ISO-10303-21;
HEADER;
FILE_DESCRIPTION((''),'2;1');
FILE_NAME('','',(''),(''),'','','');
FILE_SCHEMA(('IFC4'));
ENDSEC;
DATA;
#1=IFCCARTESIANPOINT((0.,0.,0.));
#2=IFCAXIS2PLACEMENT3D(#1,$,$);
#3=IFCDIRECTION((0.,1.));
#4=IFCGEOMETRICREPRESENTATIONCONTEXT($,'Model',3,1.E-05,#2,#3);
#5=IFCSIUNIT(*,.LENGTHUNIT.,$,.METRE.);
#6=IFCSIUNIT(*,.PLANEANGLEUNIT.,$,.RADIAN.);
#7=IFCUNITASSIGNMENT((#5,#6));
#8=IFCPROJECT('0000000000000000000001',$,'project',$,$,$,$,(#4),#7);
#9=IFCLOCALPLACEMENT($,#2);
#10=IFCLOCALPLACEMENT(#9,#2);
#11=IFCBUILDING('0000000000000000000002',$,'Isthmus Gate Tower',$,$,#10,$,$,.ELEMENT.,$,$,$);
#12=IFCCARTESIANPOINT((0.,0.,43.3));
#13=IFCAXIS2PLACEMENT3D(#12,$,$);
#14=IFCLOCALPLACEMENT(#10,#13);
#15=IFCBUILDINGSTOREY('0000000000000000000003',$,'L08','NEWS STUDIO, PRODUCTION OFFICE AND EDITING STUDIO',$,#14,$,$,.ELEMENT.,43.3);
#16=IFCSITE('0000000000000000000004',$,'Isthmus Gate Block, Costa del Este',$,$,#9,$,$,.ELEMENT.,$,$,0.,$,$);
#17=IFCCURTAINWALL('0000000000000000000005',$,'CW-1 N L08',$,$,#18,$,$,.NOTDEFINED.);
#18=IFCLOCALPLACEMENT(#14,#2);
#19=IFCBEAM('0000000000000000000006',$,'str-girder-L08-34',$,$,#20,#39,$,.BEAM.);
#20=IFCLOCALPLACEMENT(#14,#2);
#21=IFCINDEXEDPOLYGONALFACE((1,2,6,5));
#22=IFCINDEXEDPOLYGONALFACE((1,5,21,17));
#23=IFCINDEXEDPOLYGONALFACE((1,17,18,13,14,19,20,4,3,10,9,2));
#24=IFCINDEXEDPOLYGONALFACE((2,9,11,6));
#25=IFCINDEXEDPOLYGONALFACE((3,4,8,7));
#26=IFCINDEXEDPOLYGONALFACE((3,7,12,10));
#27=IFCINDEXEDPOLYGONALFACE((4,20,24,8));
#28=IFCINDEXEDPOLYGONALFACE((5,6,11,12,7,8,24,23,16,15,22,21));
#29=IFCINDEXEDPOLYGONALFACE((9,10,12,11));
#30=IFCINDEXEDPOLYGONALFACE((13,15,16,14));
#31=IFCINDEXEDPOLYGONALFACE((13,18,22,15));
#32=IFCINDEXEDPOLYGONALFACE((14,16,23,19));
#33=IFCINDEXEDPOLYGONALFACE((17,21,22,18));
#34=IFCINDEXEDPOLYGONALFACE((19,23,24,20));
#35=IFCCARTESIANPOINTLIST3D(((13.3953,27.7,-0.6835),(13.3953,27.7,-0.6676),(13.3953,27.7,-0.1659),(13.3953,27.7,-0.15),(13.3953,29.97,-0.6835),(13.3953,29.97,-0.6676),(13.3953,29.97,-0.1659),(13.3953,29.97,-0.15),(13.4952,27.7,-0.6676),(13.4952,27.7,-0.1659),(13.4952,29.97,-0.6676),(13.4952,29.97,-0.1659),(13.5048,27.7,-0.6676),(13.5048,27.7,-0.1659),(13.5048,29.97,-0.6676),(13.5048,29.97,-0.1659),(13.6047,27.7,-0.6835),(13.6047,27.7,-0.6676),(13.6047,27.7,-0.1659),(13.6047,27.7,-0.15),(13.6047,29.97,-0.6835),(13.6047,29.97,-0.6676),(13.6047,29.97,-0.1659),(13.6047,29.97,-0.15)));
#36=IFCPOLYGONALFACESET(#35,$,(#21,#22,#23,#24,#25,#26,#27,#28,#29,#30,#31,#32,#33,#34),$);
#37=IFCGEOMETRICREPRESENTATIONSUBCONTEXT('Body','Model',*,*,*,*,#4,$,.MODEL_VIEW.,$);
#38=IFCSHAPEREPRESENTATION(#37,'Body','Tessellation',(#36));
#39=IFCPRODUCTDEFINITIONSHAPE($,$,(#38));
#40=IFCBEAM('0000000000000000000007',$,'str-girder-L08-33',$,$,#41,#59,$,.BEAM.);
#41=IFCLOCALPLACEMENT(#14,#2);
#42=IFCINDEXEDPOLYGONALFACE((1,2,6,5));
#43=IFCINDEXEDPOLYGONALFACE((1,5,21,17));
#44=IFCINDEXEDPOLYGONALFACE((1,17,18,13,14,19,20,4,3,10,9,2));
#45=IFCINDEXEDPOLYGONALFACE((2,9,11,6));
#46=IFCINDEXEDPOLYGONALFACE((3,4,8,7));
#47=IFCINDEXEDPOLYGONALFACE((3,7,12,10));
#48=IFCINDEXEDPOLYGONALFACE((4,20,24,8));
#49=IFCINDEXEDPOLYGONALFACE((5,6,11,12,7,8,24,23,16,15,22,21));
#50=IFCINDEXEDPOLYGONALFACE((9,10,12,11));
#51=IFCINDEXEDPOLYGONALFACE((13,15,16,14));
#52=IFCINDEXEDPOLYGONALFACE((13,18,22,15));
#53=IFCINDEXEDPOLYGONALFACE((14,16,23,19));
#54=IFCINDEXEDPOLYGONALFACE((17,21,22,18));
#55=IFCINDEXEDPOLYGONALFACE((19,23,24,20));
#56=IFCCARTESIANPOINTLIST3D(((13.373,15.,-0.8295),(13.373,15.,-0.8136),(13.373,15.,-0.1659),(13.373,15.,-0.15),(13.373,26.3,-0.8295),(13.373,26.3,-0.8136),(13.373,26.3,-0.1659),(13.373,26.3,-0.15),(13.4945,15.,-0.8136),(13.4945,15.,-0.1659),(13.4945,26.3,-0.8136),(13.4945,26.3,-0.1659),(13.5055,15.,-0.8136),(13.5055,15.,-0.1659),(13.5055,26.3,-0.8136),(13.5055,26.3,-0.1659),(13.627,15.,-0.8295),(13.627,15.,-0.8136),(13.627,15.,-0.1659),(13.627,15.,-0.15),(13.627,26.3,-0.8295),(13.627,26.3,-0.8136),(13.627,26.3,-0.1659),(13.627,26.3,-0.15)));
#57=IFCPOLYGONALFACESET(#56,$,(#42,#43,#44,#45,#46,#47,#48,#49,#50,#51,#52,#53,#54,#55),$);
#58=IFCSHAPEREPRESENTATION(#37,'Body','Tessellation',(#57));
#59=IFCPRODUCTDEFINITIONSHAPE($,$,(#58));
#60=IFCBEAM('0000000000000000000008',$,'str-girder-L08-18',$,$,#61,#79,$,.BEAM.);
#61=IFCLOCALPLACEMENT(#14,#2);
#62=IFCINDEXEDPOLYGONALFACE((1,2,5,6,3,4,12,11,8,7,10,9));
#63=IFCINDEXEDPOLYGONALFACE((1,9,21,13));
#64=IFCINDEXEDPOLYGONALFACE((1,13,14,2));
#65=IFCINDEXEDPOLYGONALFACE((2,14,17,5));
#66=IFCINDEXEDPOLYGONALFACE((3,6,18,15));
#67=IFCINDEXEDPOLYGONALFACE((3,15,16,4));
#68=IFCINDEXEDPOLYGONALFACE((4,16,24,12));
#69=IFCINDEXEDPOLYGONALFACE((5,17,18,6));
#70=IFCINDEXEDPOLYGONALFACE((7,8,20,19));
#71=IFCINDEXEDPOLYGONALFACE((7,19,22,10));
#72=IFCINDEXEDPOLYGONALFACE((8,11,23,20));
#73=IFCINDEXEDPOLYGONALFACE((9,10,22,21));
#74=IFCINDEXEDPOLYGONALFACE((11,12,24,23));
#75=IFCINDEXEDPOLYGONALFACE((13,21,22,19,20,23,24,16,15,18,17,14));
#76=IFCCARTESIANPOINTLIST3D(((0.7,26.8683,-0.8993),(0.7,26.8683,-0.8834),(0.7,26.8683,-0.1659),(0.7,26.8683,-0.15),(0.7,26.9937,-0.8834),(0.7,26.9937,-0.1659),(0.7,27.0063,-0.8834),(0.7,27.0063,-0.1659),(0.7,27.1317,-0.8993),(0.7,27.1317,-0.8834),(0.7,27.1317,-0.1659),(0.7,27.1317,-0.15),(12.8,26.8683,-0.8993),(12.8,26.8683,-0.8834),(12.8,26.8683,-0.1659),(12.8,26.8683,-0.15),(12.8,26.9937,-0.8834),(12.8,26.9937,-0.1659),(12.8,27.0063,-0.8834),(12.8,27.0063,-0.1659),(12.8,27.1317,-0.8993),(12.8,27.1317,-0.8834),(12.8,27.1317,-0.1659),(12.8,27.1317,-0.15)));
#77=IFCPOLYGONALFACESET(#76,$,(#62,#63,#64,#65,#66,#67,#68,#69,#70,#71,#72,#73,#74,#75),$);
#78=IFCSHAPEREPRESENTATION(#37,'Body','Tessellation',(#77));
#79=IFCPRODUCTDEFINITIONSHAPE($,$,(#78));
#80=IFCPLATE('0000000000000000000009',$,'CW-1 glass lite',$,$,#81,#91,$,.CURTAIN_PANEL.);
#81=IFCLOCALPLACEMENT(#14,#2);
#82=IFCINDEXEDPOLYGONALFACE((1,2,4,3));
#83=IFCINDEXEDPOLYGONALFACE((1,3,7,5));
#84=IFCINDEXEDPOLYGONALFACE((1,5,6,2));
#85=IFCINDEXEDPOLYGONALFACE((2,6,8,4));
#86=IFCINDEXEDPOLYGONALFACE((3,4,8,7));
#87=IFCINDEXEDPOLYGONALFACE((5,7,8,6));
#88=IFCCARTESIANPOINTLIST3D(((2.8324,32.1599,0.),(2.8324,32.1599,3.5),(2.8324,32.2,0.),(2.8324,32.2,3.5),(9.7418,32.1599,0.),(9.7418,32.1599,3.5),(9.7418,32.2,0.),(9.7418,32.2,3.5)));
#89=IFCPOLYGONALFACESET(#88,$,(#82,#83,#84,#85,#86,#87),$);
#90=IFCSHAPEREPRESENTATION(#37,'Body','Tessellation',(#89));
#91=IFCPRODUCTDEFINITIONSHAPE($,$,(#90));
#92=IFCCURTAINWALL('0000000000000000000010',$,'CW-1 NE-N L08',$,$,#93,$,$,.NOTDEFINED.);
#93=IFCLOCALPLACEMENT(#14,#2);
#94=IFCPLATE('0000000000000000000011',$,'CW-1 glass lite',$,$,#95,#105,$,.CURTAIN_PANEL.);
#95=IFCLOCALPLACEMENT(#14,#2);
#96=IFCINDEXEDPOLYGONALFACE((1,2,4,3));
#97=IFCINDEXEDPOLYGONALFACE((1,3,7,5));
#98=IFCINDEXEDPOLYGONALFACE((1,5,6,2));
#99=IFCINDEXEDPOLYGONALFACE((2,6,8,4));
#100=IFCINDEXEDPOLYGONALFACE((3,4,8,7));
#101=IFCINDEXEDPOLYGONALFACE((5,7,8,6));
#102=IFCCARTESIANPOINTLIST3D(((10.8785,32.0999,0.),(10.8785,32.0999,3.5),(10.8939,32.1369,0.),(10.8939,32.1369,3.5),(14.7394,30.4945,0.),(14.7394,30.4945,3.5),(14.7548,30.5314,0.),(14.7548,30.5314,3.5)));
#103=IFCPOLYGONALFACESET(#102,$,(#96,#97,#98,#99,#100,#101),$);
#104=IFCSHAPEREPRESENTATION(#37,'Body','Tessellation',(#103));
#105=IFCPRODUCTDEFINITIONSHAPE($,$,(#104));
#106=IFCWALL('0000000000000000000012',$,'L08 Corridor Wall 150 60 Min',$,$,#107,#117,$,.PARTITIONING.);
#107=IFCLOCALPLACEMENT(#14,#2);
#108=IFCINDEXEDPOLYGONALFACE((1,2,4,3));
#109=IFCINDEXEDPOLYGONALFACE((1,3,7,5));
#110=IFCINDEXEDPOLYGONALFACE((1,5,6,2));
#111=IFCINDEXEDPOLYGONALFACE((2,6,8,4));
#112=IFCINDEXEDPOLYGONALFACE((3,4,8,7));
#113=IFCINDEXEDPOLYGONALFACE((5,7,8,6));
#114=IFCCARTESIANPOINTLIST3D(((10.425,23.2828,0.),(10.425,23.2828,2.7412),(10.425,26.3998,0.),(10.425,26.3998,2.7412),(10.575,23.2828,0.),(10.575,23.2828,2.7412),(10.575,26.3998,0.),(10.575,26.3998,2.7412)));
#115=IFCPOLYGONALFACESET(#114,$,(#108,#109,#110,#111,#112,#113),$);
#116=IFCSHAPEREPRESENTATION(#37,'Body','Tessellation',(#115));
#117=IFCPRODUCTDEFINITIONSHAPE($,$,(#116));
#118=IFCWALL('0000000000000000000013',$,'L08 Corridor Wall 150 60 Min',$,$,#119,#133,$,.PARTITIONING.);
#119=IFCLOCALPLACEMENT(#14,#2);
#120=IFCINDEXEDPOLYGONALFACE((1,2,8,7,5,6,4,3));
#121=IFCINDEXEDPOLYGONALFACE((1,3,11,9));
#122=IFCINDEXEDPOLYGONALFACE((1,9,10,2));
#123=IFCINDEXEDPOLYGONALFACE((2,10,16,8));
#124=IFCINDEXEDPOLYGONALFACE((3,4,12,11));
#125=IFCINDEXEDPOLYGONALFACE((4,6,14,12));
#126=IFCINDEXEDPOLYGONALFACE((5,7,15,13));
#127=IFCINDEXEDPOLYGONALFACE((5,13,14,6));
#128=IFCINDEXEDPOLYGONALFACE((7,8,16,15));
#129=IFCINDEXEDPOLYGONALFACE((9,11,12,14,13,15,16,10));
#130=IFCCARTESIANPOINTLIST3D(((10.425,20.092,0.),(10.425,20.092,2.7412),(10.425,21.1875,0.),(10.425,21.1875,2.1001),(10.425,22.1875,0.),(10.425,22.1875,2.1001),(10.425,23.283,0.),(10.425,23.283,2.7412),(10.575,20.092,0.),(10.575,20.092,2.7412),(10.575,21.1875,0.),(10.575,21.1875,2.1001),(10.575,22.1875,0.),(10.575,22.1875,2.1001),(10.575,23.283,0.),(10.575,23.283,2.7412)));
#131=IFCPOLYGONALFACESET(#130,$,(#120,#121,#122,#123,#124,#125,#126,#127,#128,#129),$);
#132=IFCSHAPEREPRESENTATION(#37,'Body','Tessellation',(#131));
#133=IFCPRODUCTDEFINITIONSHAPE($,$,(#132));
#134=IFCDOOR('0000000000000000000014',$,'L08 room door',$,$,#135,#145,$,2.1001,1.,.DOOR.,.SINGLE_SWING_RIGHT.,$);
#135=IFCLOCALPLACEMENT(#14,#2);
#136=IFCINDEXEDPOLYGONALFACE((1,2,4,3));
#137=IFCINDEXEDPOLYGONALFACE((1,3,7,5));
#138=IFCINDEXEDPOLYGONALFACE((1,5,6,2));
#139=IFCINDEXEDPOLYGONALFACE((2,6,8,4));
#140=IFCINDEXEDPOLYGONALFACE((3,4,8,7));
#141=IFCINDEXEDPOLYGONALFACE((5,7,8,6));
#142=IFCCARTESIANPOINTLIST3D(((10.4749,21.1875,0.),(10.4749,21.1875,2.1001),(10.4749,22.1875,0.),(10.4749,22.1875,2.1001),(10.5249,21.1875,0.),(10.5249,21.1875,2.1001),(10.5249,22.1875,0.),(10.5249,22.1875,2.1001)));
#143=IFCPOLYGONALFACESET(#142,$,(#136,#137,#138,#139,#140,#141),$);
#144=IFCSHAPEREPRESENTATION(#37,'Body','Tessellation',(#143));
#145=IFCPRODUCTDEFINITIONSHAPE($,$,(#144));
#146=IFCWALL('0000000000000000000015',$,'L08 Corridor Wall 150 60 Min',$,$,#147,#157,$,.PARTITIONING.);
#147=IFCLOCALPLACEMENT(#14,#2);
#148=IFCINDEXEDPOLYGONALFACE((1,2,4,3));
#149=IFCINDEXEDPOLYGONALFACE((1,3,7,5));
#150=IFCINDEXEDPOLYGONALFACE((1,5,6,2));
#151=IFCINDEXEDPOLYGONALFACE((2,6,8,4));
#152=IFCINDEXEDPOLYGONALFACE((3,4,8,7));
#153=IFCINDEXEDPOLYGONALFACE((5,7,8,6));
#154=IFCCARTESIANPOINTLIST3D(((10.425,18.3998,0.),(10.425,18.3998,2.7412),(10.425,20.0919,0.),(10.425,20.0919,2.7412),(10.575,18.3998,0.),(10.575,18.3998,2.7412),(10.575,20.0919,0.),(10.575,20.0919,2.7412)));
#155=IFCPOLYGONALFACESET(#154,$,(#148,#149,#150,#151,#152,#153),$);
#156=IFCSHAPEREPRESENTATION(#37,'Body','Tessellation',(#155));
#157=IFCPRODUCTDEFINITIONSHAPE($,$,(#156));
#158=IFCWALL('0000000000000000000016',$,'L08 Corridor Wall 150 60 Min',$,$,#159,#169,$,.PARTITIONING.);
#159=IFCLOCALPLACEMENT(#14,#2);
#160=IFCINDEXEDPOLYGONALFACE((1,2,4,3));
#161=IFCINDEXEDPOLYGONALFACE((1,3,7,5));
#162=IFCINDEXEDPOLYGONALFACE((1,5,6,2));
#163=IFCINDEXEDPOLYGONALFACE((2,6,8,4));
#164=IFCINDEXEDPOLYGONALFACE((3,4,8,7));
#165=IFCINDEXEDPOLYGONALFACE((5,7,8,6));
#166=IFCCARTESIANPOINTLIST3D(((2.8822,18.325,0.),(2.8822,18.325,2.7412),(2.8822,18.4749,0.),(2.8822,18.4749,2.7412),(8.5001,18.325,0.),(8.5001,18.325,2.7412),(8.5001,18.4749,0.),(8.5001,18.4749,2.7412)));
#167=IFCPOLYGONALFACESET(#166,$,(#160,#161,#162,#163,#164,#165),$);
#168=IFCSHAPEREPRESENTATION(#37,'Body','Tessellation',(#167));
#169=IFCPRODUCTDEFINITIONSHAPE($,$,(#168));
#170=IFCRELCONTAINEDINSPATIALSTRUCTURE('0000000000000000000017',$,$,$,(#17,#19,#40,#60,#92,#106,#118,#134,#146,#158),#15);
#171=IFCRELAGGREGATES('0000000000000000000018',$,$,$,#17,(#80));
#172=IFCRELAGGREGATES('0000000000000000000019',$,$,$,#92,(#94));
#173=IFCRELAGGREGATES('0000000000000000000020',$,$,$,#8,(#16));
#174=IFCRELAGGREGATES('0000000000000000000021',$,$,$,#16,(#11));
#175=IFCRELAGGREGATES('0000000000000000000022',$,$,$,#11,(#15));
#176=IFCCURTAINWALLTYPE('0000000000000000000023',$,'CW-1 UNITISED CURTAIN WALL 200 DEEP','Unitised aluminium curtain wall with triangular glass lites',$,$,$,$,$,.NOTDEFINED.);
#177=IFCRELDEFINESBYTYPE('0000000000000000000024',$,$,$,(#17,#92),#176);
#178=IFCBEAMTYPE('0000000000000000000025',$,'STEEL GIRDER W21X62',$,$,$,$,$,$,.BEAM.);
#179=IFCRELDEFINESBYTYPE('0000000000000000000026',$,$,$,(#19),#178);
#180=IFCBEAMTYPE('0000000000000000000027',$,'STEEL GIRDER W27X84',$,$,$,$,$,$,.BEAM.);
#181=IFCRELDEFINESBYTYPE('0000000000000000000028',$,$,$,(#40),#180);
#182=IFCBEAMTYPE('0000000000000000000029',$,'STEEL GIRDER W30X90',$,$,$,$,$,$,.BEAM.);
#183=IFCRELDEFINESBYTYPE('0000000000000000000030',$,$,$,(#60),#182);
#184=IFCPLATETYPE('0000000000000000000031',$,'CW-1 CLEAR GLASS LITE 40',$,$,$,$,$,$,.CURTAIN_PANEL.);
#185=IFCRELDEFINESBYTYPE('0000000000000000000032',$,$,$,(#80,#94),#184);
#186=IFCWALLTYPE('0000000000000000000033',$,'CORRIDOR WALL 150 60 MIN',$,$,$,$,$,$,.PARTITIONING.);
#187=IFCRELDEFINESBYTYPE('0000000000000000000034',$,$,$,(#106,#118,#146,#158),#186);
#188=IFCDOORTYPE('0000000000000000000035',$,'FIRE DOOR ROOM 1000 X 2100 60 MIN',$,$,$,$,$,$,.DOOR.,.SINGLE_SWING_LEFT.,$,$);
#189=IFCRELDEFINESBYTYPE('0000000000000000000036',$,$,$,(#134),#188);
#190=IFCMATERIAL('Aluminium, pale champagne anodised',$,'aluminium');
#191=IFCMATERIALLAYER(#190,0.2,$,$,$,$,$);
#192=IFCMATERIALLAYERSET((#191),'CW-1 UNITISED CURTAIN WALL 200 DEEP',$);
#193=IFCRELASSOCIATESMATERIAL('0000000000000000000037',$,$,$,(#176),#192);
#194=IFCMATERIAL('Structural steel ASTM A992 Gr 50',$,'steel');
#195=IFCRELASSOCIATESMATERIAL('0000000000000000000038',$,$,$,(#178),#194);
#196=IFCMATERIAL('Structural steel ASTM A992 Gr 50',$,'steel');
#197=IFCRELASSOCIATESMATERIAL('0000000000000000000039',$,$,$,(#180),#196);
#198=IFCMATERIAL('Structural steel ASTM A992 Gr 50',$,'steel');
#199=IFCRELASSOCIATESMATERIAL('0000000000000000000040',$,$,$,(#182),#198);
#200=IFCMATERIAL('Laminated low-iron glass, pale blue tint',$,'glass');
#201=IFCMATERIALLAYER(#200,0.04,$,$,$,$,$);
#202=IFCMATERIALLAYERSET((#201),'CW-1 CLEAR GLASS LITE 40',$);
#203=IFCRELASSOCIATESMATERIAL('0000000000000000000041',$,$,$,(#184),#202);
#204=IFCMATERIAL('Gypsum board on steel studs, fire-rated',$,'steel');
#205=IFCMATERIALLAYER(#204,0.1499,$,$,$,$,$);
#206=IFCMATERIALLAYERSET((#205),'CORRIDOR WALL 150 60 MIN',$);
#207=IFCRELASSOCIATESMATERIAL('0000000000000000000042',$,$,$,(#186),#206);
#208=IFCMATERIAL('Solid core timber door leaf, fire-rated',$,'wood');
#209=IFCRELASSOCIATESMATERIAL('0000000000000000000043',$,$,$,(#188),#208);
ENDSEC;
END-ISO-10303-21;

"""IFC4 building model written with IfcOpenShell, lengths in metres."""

from ifc_helpers import new_model, si_unit, direction, frame, frame_2d, origin, origin_2d, place, context, subcontext, project, spatial, rectangle, i_section, extrude, material, layer, layer_set, material_profile, profile_set, type_object, element, fill, aggregate, save


model = new_model("IFC4")

# Units and contexts
model_context = context("Model", 3, precision=1e-05, world=origin(), true_north=direction((0.0, 1.0)))
body_context = subcontext(model_context, "Body", "Model", "MODEL_VIEW")
ifc_project = project(units=[si_unit("LENGTHUNIT", "METRE"), si_unit("PLANEANGLEUNIT", "RADIAN")], contexts=[model_context])

# Site, building, storey
site_placement = place(None, origin())
site = spatial("IfcSite", under=ifc_project, at=site_placement, Name="Isthmus Gate Block, Costa del Este", CompositionType="ELEMENT", RefElevation=0.0)
building_placement = place(site_placement, origin())
building = spatial("IfcBuilding", under=site, at=building_placement, Name="Isthmus Gate Tower", CompositionType="ELEMENT")
storey_placement = place(building_placement, frame((0.0, 0.0, 43.3)))
storey = spatial("IfcBuildingStorey", under=building, at=storey_placement, Name="L08", Description="NEWS STUDIO, PRODUCTION OFFICE AND EDITING STUDIO", CompositionType="ELEMENT", Elevation=43.3)

# Curtain wall
ifc_material_1 = material(Name="Aluminium, pale champagne anodised", Category="aluminium")
ifc_layer_1 = layer(ifc_material_1, 0.2)
ifc_layer_set_1 = layer_set([ifc_layer_1], Name="CW-1 UNITISED CURTAIN WALL 200 DEEP")
curtain_wall_type = type_object("IfcCurtainWallType", Name="CW-1 UNITISED CURTAIN WALL 200 DEEP", Description="Unitised aluminium curtain wall with triangular glass lites", PredefinedType="NOTDEFINED", material=ifc_layer_set_1)
curtain_wall_1_placement = place(storey_placement, origin())
curtain_wall_1 = element("IfcCurtainWall", 1, at=curtain_wall_1_placement, inside=storey, type_object=curtain_wall_type, Name="CW-1 N L08", PredefinedType="NOTDEFINED")

# Beams
ifc_material_2 = material(Name="Structural steel ASTM A992 Gr 50", Category="steel")
ifc_material_profile_1 = material_profile(ifc_material_2, i_section(OverallWidth=0.2095, OverallDepth=0.5334, WebThickness=0.0095, FlangeThickness=0.0159, at=origin_2d()), Name="W21X62")
ifc_profile_set_1 = profile_set([ifc_material_profile_1], Name="Structural steel ASTM A992 Gr 50")
beam_type_1 = type_object("IfcBeamType", Name="STEEL GIRDER W21X62", PredefinedType="BEAM", material=ifc_profile_set_1)
beam_1_placement = place(storey_placement, frame((13.5, 27.7, -0.4167), z_axis=(0.0, 1.0, 0.0), x_axis=(-1.0, 0.0, 0.0)))
element("IfcBeam", 2, at=beam_1_placement, inside=storey, type_object=beam_type_1, Name="str-girder-L08-34", PredefinedType="BEAM", context=body_context, shape_type="SweptSolid", body=[
    extrude(i_section(OverallWidth=0.2095, OverallDepth=0.5334, WebThickness=0.0095, FlangeThickness=0.0159, at=origin_2d()), origin(), (0.0, 0.0, 1.0), 2.27),
])
ifc_material_3 = material(Name="Structural steel ASTM A992 Gr 50", Category="steel")
ifc_material_profile_2 = material_profile(ifc_material_3, i_section(OverallWidth=0.2539, OverallDepth=0.6794, WebThickness=0.011, FlangeThickness=0.0159, at=origin_2d()), Name="W27X84")
ifc_profile_set_2 = profile_set([ifc_material_profile_2], Name="Structural steel ASTM A992 Gr 50")
beam_type_2 = type_object("IfcBeamType", Name="STEEL GIRDER W27X84", PredefinedType="BEAM", material=ifc_profile_set_2)
beam_2_placement = place(storey_placement, frame((13.5, 15.0, -0.4897), z_axis=(0.0, 1.0, 0.0), x_axis=(-1.0, 0.0, 0.0)))
element("IfcBeam", 3, at=beam_2_placement, inside=storey, type_object=beam_type_2, Name="str-girder-L08-33", PredefinedType="BEAM", context=body_context, shape_type="SweptSolid", body=[
    extrude(i_section(OverallWidth=0.2539, OverallDepth=0.6794, WebThickness=0.011, FlangeThickness=0.0159, at=origin_2d()), origin(), (0.0, 0.0, 1.0), 11.3),
])
ifc_material_4 = material(Name="Structural steel ASTM A992 Gr 50", Category="steel")
ifc_material_profile_3 = material_profile(ifc_material_4, i_section(OverallWidth=0.2634, OverallDepth=0.7493, WebThickness=0.0127, FlangeThickness=0.0159, at=origin_2d()), Name="W30X90")
ifc_profile_set_3 = profile_set([ifc_material_profile_3], Name="Structural steel ASTM A992 Gr 50")
beam_type_3 = type_object("IfcBeamType", Name="STEEL GIRDER W30X90", PredefinedType="BEAM", material=ifc_profile_set_3)
beam_3_placement = place(storey_placement, frame((0.7, 27.0, -0.5247), z_axis=(1.0, 0.0, 0.0), x_axis=(0.0, 1.0, 0.0)))
element("IfcBeam", 4, at=beam_3_placement, inside=storey, type_object=beam_type_3, Name="str-girder-L08-18", PredefinedType="BEAM", context=body_context, shape_type="SweptSolid", body=[
    extrude(i_section(OverallWidth=0.2634, OverallDepth=0.7493, WebThickness=0.0127, FlangeThickness=0.0159, at=origin_2d()), origin(), (0.0, 0.0, 1.0), 12.1001),
])

# Plate
ifc_material_5 = material(Name="Laminated low-iron glass, pale blue tint", Category="glass")
ifc_layer_2 = layer(ifc_material_5, 0.04)
ifc_layer_set_2 = layer_set([ifc_layer_2], Name="CW-1 CLEAR GLASS LITE 40")
plate_type = type_object("IfcPlateType", Name="CW-1 CLEAR GLASS LITE 40", PredefinedType="CURTAIN_PANEL", material=ifc_layer_set_2)
plate_1_placement = place(storey_placement, frame((6.2871, 32.1799, 0.0), z_axis=(0.0, 0.0, 1.0), x_axis=(-1.0, 0.0, 0.0)))
plate_1 = element("IfcPlate", 5, at=plate_1_placement, type_object=plate_type, Name="CW-1 glass lite", PredefinedType="CURTAIN_PANEL", context=body_context, shape_type="SweptSolid", body=[
    extrude(rectangle(XDim=6.9094, YDim=0.04, at=origin_2d()), origin(), (0.0, 0.0, 1.0), 3.5),
])
aggregate(curtain_wall_1, [plate_1])

# Curtain wall, plate
curtain_wall_2_placement = place(storey_placement, origin())
curtain_wall_2 = element("IfcCurtainWall", 6, at=curtain_wall_2_placement, inside=storey, type_object=curtain_wall_type, Name="CW-1 NE-N L08", PredefinedType="NOTDEFINED")
plate_2_placement = place(storey_placement, frame((12.8167, 31.3157, 0.0), z_axis=(0.0, 0.0, 1.0), x_axis=(-0.923353, 0.383952, 0.0)))
plate_2 = element("IfcPlate", 7, at=plate_2_placement, type_object=plate_type, Name="CW-1 glass lite", PredefinedType="CURTAIN_PANEL", context=body_context, shape_type="SweptSolid", body=[
    extrude(rectangle(XDim=4.1814, YDim=0.04, at=origin_2d()), origin(), (0.0, 0.0, 1.0), 3.5),
])
aggregate(curtain_wall_2, [plate_2])

# Wall
ifc_material_6 = material(Name="Gypsum board on steel studs, fire-rated", Category="steel")
ifc_layer_3 = layer(ifc_material_6, 0.1499)
ifc_layer_set_3 = layer_set([ifc_layer_3], Name="CORRIDOR WALL 150 60 MIN")
wall_type_1 = type_object("IfcWallType", Name="CORRIDOR WALL 150 60 MIN", PredefinedType="PARTITIONING", material=ifc_layer_set_3)
wall_1_placement = place(storey_placement, frame((10.5, 26.3999, 0.0), z_axis=(0.0, 0.0, 1.0), x_axis=(0.0, -1.0, 0.0)))
element("IfcWall", 8, at=wall_1_placement, inside=storey, type_object=wall_type_1, Name="L08 Corridor Wall 150 60 Min", PredefinedType="PARTITIONING", context=body_context, shape_type="SweptSolid", body=[
    extrude(rectangle(XDim=3.1169, YDim=0.1499, at=frame_2d((1.5586, 0.0))), origin(), (0.0, 0.0, 1.0), 2.7412),
])

# Wall, opening, door
wall_2_placement = place(storey_placement, frame((10.5, 23.283, 0.0), z_axis=(0.0, 0.0, 1.0), x_axis=(0.0, -1.0, 0.0)))
wall_2 = element("IfcWall", 9, at=wall_2_placement, inside=storey, type_object=wall_type_1, Name="L08 Corridor Wall 150 60 Min", PredefinedType="PARTITIONING", context=body_context, shape_type="SweptSolid", body=[
    extrude(rectangle(XDim=3.1909, YDim=0.1499, at=frame_2d((1.5955, 0.0))), origin(), (0.0, 0.0, 1.0), 2.7412),
])
opening_1_placement = place(wall_2_placement, frame((1.0955, 0.0, 0.0)))
opening_1 = element("IfcOpeningElement", 10, at=opening_1_placement, cuts=wall_2, PredefinedType="OPENING", context=body_context, shape_type="SweptSolid", body=[
    extrude(rectangle(XDim=1.0, YDim=2.1001, at=frame_2d((0.5, 1.05))), frame((0.0, 0.085, 0.0), z_axis=(0.0, -1.0, 0.0), x_axis=(1.0, 0.0, 0.0)), (0.0, 0.0, 1.0), 0.1699),
])
ifc_material_7 = material(Name="Solid core timber door leaf, fire-rated", Category="wood")
door_type = type_object("IfcDoorType", Name="FIRE DOOR ROOM 1000 X 2100 60 MIN", OperationType="SINGLE_SWING_LEFT", PredefinedType="DOOR", material=ifc_material_7)
door_1_placement = place(opening_1_placement, origin())
door_1 = element("IfcDoor", 11, at=door_1_placement, inside=storey, type_object=door_type, Name="L08 room door", OperationType="SINGLE_SWING_RIGHT", OverallHeight=2.1001, OverallWidth=1.0, PredefinedType="DOOR", context=body_context, shape_type="SweptSolid", body=[
    extrude(rectangle(XDim=1.0, YDim=2.1001, at=frame_2d((0.5, 1.05))), frame((0.0, 0.0249, 0.0), z_axis=(0.0, -1.0, 0.0), x_axis=(1.0, 0.0, 0.0)), (0.0, 0.0, 1.0), 0.05),
])
fill(opening_1, door_1)

# Walls
wall_3_placement = place(storey_placement, frame((10.5, 20.092, 0.0), z_axis=(0.0, 0.0, 1.0), x_axis=(0.0, -1.0, 0.0)))
element("IfcWall", 12, at=wall_3_placement, inside=storey, type_object=wall_type_1, Name="L08 Corridor Wall 150 60 Min", PredefinedType="PARTITIONING", context=body_context, shape_type="SweptSolid", body=[
    extrude(rectangle(XDim=1.6921, YDim=0.1499, at=frame_2d((0.8462, 0.0))), origin(), (0.0, 0.0, 1.0), 2.7412),
])
wall_4_placement = place(storey_placement, frame((2.8821, 18.3999, 0.0), z_axis=(0.0, 0.0, 1.0), x_axis=(1.0, 0.0, 0.0)))
element("IfcWall", 13, at=wall_4_placement, inside=storey, type_object=wall_type_1, Name="L08 Corridor Wall 150 60 Min", PredefinedType="PARTITIONING", context=body_context, shape_type="SweptSolid", body=[
    extrude(rectangle(XDim=5.6179, YDim=0.1499, at=frame_2d((2.8091, 0.0))), origin(), (0.0, 0.0, 1.0), 2.7412),
])

save(model, "model.ifc")
